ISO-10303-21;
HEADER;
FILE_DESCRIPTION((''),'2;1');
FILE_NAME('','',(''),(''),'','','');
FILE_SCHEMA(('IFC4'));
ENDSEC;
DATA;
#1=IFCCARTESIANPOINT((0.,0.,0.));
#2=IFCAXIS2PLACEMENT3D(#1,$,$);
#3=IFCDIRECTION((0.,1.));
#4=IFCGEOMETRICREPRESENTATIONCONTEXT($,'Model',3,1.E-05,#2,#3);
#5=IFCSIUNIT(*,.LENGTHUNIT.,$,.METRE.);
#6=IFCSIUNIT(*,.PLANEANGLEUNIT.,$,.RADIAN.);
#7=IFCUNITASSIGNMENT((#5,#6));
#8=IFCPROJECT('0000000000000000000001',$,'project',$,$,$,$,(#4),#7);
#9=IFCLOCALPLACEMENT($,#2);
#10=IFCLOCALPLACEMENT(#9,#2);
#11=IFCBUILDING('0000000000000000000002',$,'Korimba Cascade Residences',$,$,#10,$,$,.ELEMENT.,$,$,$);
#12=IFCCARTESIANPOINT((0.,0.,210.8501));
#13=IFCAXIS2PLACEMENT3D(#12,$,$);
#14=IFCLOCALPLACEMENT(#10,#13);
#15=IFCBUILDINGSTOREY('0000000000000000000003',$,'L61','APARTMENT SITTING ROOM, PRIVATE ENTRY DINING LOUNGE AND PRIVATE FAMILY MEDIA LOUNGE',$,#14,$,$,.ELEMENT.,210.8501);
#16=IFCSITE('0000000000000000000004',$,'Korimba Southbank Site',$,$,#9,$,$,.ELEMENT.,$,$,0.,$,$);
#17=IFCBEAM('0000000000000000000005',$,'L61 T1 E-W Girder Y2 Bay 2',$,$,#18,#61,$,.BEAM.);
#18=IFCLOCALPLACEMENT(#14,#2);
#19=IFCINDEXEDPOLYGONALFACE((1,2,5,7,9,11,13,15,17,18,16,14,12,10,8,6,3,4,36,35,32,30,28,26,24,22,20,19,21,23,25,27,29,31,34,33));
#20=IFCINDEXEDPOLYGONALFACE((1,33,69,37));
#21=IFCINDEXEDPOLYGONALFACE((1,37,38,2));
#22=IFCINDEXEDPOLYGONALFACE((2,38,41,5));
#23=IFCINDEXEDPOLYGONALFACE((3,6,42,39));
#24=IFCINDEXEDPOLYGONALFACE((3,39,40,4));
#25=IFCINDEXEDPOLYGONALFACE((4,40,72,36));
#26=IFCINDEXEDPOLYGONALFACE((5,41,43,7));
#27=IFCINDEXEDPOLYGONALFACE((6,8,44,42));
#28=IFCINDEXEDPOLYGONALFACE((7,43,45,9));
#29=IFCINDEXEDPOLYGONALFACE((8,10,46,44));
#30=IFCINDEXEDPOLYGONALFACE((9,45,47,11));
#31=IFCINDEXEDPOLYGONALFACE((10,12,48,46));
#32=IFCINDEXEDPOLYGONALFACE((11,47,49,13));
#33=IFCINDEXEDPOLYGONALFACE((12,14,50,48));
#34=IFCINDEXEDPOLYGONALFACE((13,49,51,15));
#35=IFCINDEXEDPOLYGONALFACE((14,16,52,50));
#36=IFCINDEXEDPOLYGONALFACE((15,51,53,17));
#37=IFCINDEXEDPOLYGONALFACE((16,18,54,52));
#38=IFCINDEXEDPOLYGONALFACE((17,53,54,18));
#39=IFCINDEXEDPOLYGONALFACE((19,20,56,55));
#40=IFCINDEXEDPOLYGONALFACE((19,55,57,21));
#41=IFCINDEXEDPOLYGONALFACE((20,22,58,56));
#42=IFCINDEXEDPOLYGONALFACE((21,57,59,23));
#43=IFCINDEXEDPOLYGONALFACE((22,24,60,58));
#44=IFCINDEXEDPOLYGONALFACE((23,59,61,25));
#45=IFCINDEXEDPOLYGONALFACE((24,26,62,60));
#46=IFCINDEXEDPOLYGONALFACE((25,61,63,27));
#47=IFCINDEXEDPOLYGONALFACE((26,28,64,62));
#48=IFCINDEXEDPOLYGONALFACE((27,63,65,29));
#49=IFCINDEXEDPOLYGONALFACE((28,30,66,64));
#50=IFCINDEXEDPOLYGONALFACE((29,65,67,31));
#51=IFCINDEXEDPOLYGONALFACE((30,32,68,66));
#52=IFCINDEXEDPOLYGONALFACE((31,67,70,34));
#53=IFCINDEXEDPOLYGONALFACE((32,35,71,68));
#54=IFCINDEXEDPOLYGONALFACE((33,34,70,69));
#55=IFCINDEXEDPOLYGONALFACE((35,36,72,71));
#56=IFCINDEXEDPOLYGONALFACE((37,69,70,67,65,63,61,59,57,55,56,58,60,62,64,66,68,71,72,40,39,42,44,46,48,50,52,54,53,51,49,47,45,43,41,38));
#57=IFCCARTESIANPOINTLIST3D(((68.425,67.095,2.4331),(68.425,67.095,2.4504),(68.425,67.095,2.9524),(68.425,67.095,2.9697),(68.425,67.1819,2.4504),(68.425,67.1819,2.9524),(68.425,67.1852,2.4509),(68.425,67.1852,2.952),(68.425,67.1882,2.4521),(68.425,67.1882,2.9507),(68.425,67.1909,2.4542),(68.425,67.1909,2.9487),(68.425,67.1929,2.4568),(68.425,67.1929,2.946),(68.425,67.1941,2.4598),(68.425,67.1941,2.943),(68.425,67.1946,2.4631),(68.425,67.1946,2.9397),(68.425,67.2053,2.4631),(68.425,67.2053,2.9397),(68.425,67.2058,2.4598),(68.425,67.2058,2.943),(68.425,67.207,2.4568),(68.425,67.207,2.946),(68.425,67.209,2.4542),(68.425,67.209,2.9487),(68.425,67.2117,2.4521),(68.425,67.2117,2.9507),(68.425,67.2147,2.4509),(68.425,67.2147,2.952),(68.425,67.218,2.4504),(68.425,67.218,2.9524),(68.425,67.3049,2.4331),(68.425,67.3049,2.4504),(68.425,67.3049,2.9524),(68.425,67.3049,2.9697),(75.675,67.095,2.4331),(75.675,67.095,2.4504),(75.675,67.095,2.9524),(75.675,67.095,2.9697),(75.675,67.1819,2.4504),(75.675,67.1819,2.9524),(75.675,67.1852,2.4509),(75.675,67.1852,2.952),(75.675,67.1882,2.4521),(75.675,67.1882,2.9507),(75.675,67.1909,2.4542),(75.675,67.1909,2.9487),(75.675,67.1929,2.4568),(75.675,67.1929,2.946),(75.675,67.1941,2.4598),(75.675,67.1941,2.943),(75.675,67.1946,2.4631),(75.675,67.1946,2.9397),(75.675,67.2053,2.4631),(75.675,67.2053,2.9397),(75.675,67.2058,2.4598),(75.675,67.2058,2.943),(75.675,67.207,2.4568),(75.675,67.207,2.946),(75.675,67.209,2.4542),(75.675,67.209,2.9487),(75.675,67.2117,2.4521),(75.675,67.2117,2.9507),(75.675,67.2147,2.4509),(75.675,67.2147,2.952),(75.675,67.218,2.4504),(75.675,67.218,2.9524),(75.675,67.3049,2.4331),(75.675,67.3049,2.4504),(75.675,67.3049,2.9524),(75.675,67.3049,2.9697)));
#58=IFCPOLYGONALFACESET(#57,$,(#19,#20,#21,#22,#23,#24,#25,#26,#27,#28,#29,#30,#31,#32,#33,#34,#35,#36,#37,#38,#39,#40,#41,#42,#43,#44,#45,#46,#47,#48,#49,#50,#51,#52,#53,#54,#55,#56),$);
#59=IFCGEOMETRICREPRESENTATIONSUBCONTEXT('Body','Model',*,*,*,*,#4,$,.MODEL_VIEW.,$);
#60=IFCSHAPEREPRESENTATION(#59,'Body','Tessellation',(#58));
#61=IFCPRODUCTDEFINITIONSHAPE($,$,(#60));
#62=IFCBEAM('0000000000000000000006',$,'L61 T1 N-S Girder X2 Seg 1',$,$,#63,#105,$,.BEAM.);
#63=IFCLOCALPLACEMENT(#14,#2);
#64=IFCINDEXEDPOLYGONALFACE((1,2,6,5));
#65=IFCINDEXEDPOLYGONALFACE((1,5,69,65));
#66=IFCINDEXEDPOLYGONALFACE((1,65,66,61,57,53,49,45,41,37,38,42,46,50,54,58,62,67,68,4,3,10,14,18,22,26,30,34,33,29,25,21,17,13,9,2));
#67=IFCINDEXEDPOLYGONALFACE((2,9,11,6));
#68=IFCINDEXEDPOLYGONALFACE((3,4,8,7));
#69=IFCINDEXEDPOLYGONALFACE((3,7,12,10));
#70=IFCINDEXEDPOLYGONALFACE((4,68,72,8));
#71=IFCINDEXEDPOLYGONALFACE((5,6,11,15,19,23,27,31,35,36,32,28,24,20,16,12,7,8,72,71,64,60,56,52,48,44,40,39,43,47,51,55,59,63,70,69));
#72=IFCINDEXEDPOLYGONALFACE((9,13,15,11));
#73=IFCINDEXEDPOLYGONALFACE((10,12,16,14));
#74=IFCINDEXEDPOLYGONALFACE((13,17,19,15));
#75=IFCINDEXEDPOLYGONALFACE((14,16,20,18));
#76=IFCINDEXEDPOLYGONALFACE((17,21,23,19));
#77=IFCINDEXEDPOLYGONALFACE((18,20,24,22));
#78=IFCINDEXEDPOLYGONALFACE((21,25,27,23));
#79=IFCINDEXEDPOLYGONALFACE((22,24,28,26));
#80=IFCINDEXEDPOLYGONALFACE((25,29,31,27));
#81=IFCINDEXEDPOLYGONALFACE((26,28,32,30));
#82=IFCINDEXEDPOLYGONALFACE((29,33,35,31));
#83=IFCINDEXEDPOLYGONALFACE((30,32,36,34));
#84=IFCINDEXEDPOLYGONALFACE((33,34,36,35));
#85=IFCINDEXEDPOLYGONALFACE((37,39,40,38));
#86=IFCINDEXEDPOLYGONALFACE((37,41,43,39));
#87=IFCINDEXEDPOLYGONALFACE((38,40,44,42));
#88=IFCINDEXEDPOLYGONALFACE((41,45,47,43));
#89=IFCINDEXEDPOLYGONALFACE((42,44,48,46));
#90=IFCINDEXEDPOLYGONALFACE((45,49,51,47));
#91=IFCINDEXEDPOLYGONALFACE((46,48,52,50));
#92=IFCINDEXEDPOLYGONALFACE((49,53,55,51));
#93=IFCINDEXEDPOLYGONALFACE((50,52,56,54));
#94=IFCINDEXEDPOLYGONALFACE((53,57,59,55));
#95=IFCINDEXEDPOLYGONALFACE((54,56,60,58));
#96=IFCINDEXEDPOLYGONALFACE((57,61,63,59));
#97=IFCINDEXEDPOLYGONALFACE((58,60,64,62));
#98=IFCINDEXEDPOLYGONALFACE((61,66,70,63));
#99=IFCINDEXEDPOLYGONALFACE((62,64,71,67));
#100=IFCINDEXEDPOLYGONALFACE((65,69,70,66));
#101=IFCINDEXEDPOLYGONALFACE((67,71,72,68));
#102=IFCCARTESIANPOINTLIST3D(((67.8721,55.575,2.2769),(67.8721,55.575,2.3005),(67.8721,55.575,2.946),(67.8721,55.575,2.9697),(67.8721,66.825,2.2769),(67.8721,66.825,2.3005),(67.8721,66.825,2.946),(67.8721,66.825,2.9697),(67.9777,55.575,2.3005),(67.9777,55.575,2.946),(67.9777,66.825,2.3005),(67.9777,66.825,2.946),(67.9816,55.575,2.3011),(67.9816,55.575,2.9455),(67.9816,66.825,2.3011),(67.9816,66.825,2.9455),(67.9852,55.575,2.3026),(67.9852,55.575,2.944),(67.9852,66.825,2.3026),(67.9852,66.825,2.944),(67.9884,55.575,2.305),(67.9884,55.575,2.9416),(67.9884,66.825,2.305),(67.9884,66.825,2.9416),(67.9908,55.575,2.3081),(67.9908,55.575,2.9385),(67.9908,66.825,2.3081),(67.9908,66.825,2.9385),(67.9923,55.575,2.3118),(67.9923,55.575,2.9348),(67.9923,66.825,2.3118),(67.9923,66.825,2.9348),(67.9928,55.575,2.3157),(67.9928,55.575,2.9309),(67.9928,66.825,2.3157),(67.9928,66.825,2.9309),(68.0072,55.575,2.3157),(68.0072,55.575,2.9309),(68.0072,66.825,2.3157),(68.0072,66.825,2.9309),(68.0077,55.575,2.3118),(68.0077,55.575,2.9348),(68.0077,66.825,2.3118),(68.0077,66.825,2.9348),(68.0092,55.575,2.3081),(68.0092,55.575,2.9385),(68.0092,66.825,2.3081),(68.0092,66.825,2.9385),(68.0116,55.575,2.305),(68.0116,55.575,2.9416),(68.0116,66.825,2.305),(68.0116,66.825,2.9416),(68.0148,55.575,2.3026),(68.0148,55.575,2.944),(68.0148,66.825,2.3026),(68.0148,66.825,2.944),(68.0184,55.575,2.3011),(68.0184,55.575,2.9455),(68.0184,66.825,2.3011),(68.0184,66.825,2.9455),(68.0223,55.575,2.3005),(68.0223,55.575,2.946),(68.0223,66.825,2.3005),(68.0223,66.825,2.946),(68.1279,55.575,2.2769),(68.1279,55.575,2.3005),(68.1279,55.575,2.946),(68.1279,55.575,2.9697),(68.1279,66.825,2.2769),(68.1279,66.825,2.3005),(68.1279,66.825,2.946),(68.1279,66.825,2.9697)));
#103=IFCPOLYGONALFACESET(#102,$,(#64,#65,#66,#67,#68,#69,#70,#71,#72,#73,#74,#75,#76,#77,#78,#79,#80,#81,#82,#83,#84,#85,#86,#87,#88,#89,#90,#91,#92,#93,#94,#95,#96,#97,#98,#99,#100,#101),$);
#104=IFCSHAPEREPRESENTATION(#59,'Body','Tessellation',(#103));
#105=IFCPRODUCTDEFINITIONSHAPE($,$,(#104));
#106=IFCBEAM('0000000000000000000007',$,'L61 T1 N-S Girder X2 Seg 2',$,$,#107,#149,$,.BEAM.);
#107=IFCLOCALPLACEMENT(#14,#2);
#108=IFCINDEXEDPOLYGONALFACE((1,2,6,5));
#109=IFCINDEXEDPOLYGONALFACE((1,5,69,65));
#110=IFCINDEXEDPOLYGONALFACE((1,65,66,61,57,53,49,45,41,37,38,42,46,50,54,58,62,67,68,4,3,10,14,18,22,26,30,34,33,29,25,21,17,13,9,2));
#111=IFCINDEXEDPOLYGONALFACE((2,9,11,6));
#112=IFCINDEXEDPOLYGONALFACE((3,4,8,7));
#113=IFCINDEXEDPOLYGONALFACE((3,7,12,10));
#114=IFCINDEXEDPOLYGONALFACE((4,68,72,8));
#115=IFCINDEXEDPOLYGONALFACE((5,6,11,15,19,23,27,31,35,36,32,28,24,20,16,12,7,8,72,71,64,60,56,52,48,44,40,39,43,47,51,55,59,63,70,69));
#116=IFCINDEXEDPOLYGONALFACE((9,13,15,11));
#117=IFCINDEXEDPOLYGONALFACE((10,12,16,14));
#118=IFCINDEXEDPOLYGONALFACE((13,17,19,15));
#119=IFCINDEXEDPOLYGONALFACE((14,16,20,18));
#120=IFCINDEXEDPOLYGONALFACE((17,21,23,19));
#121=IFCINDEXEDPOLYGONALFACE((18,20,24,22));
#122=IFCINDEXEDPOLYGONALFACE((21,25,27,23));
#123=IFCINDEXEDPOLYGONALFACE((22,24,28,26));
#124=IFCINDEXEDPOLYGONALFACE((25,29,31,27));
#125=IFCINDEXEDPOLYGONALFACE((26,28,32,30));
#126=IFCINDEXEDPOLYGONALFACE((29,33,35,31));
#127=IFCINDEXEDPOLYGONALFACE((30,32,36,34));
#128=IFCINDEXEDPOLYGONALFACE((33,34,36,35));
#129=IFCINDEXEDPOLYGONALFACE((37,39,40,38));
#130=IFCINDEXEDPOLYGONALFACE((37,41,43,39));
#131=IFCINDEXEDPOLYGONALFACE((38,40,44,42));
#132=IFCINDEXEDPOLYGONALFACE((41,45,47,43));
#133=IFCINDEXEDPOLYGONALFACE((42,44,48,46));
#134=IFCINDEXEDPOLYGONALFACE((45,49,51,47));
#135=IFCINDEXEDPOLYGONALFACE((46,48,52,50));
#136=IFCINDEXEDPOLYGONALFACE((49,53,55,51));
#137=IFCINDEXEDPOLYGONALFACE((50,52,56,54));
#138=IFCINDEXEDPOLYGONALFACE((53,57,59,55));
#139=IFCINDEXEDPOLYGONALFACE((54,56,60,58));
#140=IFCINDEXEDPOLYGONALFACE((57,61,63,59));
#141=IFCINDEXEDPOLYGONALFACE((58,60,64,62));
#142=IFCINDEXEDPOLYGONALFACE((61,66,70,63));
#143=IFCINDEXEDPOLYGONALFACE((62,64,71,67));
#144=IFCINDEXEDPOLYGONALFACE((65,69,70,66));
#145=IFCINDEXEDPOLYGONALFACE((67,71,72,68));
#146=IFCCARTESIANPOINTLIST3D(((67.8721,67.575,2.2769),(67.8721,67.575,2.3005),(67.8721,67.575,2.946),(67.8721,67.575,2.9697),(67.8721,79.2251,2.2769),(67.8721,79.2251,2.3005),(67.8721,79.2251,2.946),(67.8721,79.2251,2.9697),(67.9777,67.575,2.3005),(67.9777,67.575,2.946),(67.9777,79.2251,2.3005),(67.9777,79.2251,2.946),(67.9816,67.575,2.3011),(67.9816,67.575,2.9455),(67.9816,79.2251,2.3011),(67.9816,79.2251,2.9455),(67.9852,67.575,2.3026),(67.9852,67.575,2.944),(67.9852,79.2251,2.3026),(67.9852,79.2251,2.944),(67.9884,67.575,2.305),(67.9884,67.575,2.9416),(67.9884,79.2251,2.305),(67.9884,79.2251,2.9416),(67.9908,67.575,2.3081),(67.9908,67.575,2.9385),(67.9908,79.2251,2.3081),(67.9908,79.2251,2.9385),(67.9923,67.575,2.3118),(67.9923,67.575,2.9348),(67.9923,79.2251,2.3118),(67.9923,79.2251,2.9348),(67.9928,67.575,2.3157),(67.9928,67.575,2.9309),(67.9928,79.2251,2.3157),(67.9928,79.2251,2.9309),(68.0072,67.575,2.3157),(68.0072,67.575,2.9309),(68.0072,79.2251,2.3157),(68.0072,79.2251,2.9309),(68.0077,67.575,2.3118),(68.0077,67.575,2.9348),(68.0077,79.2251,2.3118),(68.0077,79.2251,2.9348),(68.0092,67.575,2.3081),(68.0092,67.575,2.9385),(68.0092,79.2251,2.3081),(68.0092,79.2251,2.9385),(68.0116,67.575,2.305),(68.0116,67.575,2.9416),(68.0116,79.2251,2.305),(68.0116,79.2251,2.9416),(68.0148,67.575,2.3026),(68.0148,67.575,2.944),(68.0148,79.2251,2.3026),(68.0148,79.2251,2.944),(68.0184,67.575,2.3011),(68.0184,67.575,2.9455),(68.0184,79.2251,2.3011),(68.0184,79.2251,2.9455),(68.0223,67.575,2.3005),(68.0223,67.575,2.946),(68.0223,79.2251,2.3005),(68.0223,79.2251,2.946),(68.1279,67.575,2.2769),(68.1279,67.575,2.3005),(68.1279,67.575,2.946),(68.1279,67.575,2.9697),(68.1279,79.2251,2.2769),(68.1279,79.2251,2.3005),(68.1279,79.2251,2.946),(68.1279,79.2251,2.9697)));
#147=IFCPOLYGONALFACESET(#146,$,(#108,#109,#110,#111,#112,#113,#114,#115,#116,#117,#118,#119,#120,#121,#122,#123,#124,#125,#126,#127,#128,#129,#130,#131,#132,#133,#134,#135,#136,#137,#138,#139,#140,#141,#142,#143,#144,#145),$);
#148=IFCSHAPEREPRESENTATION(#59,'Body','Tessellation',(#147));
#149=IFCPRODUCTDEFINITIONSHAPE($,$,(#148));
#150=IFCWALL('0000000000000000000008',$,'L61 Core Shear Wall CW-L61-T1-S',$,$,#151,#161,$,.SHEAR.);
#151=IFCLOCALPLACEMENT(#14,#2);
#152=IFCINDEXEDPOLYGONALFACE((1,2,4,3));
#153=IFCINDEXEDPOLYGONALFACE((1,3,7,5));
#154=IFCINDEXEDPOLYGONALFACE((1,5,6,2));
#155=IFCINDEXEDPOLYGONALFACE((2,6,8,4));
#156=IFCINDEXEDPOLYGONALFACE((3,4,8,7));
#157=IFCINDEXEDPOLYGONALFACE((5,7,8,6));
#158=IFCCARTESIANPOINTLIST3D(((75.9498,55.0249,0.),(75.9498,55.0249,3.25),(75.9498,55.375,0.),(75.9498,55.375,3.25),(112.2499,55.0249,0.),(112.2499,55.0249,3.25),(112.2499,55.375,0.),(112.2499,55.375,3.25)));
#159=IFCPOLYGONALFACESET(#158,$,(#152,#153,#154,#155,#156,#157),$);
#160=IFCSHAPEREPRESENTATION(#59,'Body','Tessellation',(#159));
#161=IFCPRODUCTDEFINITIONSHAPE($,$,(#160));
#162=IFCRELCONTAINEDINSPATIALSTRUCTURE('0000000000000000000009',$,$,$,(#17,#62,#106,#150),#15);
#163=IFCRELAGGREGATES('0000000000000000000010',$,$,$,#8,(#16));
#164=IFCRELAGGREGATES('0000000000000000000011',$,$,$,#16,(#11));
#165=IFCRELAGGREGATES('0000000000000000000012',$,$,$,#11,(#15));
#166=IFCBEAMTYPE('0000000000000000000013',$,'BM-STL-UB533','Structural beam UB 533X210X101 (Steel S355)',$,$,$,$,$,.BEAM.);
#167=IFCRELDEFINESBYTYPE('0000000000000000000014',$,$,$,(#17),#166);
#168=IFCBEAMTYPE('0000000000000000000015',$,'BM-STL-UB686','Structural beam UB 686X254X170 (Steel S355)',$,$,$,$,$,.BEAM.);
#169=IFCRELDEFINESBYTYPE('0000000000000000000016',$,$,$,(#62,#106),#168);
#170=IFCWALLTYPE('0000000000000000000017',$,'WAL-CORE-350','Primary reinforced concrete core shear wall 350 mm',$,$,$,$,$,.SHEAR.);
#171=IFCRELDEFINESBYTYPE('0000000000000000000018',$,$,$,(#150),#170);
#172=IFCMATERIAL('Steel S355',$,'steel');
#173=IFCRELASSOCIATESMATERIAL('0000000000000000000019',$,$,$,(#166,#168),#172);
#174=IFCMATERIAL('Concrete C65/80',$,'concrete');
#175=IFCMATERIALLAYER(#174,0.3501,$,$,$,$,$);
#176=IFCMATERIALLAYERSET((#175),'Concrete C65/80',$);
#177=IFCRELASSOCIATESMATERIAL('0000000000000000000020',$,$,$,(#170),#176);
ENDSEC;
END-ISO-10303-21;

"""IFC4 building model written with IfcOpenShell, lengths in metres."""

from ifc_helpers import new_model, si_unit, direction, frame, frame_2d, origin, origin_2d, place, context, subcontext, project, spatial, rectangle, i_section, extrude, material, layer, layer_set, material_profile, profile_set, type_object, element, save


model = new_model("IFC4")

# Units and contexts
model_context = context("Model", 3, precision=1e-05, world=origin(), true_north=direction((0.0, 1.0)))
body_context = subcontext(model_context, "Body", "Model", "MODEL_VIEW")
ifc_project = project(units=[si_unit("LENGTHUNIT", "METRE"), si_unit("PLANEANGLEUNIT", "RADIAN")], contexts=[model_context])

# Site, building, storey
site_placement = place(None, origin())
site = spatial("IfcSite", under=ifc_project, at=site_placement, Name="Korimba Southbank Site", CompositionType="ELEMENT", RefElevation=0.0)
building_placement = place(site_placement, origin())
building = spatial("IfcBuilding", under=site, at=building_placement, Name="Korimba Cascade Residences", CompositionType="ELEMENT")
storey_placement = place(building_placement, frame((0.0, 0.0, 210.8501)))
storey = spatial("IfcBuildingStorey", under=building, at=storey_placement, Name="L61", Description="APARTMENT SITTING ROOM, PRIVATE ENTRY DINING LOUNGE AND PRIVATE FAMILY MEDIA LOUNGE", CompositionType="ELEMENT", Elevation=210.8501)

# Shared definitions
ifc_material_1 = material(Name="Concrete C65/80", Category="concrete")

# Beams
ifc_material_2 = material(Name="Steel S355", Category="steel")
ifc_material_profile_1 = material_profile(ifc_material_2, i_section(OverallWidth=0.21, OverallDepth=0.5366, WebThickness=0.0107, FlangeThickness=0.0173, FilletRadius=0.0127, at=origin_2d()), Name="Steel S355")
ifc_profile_set_1 = profile_set([ifc_material_profile_1], Name="Steel S355")
beam_type_1 = type_object("IfcBeamType", Name="BM-STL-UB533", Description="Structural beam UB 533X210X101 (Steel S355)", PredefinedType="BEAM", material=ifc_profile_set_1)
beam_1_placement = place(storey_placement, frame((68.425, 67.2, 2.7014), z_axis=(1.0, 0.0, 0.0), x_axis=(0.0, 1.0, 0.0)))
element("IfcBeam", 1, at=beam_1_placement, inside=storey, type_object=beam_type_1, Name="L61 T1 E-W Girder Y2 Bay 2", PredefinedType="BEAM", context=body_context, shape_type="SweptSolid", body=[
    extrude(i_section(OverallWidth=0.21, OverallDepth=0.5366, WebThickness=0.0107, FlangeThickness=0.0173, FilletRadius=0.0127, at=origin_2d()), origin(), (0.0, 0.0, 1.0), 7.25),
])
ifc_material_profile_2 = material_profile(ifc_material_2, i_section(OverallWidth=0.2559, OverallDepth=0.6929, WebThickness=0.0144, FlangeThickness=0.0237, FilletRadius=0.0151, at=origin_2d()), Name="Steel S355")
ifc_profile_set_2 = profile_set([ifc_material_profile_2], Name="Steel S355")
beam_type_2 = type_object("IfcBeamType", Name="BM-STL-UB686", Description="Structural beam UB 686X254X170 (Steel S355)", PredefinedType="BEAM", material=ifc_profile_set_2)
beam_2_placement = place(storey_placement, frame((68.0, 55.575, 2.6233), z_axis=(0.0, 1.0, 0.0), x_axis=(-1.0, 0.0, 0.0)))
element("IfcBeam", 2, at=beam_2_placement, inside=storey, type_object=beam_type_2, Name="L61 T1 N-S Girder X2 Seg 1", PredefinedType="BEAM", context=body_context, shape_type="SweptSolid", body=[
    extrude(i_section(OverallWidth=0.2559, OverallDepth=0.6929, WebThickness=0.0144, FlangeThickness=0.0237, FilletRadius=0.0151, at=origin_2d()), origin(), (0.0, 0.0, 1.0), 11.25),
])
beam_3_placement = place(storey_placement, frame((68.0, 67.575, 2.6233), z_axis=(0.0, 1.0, 0.0), x_axis=(-1.0, 0.0, 0.0)))
element("IfcBeam", 3, at=beam_3_placement, inside=storey, type_object=beam_type_2, Name="L61 T1 N-S Girder X2 Seg 2", PredefinedType="BEAM", context=body_context, shape_type="SweptSolid", body=[
    extrude(i_section(OverallWidth=0.2559, OverallDepth=0.6929, WebThickness=0.0144, FlangeThickness=0.0237, FilletRadius=0.0151, at=origin_2d()), origin(), (0.0, 0.0, 1.0), 11.6501),
])

# Wall
ifc_layer_1 = layer(ifc_material_1, 0.3501)
ifc_layer_set_1 = layer_set([ifc_layer_1], Name="Concrete C65/80")
wall_type_1 = type_object("IfcWallType", Name="WAL-CORE-350", Description="Primary reinforced concrete core shear wall 350 mm", PredefinedType="SHEAR", material=ifc_layer_set_1)
wall_1_placement = place(storey_placement, frame((75.95, 55.2, 0.0), z_axis=(0.0, 0.0, 1.0), x_axis=(1.0, 0.0, 0.0)))
element("IfcWall", 4, at=wall_1_placement, inside=storey, type_object=wall_type_1, Name="L61 Core Shear Wall CW-L61-T1-S", PredefinedType="SHEAR", context=body_context, shape_type="SweptSolid", body=[
    extrude(rectangle(XDim=36.3, YDim=0.3501, at=frame_2d((18.1499, 0.0))), origin(), (0.0, 0.0, 1.0), 3.25),
])

save(model, "model.ifc")
